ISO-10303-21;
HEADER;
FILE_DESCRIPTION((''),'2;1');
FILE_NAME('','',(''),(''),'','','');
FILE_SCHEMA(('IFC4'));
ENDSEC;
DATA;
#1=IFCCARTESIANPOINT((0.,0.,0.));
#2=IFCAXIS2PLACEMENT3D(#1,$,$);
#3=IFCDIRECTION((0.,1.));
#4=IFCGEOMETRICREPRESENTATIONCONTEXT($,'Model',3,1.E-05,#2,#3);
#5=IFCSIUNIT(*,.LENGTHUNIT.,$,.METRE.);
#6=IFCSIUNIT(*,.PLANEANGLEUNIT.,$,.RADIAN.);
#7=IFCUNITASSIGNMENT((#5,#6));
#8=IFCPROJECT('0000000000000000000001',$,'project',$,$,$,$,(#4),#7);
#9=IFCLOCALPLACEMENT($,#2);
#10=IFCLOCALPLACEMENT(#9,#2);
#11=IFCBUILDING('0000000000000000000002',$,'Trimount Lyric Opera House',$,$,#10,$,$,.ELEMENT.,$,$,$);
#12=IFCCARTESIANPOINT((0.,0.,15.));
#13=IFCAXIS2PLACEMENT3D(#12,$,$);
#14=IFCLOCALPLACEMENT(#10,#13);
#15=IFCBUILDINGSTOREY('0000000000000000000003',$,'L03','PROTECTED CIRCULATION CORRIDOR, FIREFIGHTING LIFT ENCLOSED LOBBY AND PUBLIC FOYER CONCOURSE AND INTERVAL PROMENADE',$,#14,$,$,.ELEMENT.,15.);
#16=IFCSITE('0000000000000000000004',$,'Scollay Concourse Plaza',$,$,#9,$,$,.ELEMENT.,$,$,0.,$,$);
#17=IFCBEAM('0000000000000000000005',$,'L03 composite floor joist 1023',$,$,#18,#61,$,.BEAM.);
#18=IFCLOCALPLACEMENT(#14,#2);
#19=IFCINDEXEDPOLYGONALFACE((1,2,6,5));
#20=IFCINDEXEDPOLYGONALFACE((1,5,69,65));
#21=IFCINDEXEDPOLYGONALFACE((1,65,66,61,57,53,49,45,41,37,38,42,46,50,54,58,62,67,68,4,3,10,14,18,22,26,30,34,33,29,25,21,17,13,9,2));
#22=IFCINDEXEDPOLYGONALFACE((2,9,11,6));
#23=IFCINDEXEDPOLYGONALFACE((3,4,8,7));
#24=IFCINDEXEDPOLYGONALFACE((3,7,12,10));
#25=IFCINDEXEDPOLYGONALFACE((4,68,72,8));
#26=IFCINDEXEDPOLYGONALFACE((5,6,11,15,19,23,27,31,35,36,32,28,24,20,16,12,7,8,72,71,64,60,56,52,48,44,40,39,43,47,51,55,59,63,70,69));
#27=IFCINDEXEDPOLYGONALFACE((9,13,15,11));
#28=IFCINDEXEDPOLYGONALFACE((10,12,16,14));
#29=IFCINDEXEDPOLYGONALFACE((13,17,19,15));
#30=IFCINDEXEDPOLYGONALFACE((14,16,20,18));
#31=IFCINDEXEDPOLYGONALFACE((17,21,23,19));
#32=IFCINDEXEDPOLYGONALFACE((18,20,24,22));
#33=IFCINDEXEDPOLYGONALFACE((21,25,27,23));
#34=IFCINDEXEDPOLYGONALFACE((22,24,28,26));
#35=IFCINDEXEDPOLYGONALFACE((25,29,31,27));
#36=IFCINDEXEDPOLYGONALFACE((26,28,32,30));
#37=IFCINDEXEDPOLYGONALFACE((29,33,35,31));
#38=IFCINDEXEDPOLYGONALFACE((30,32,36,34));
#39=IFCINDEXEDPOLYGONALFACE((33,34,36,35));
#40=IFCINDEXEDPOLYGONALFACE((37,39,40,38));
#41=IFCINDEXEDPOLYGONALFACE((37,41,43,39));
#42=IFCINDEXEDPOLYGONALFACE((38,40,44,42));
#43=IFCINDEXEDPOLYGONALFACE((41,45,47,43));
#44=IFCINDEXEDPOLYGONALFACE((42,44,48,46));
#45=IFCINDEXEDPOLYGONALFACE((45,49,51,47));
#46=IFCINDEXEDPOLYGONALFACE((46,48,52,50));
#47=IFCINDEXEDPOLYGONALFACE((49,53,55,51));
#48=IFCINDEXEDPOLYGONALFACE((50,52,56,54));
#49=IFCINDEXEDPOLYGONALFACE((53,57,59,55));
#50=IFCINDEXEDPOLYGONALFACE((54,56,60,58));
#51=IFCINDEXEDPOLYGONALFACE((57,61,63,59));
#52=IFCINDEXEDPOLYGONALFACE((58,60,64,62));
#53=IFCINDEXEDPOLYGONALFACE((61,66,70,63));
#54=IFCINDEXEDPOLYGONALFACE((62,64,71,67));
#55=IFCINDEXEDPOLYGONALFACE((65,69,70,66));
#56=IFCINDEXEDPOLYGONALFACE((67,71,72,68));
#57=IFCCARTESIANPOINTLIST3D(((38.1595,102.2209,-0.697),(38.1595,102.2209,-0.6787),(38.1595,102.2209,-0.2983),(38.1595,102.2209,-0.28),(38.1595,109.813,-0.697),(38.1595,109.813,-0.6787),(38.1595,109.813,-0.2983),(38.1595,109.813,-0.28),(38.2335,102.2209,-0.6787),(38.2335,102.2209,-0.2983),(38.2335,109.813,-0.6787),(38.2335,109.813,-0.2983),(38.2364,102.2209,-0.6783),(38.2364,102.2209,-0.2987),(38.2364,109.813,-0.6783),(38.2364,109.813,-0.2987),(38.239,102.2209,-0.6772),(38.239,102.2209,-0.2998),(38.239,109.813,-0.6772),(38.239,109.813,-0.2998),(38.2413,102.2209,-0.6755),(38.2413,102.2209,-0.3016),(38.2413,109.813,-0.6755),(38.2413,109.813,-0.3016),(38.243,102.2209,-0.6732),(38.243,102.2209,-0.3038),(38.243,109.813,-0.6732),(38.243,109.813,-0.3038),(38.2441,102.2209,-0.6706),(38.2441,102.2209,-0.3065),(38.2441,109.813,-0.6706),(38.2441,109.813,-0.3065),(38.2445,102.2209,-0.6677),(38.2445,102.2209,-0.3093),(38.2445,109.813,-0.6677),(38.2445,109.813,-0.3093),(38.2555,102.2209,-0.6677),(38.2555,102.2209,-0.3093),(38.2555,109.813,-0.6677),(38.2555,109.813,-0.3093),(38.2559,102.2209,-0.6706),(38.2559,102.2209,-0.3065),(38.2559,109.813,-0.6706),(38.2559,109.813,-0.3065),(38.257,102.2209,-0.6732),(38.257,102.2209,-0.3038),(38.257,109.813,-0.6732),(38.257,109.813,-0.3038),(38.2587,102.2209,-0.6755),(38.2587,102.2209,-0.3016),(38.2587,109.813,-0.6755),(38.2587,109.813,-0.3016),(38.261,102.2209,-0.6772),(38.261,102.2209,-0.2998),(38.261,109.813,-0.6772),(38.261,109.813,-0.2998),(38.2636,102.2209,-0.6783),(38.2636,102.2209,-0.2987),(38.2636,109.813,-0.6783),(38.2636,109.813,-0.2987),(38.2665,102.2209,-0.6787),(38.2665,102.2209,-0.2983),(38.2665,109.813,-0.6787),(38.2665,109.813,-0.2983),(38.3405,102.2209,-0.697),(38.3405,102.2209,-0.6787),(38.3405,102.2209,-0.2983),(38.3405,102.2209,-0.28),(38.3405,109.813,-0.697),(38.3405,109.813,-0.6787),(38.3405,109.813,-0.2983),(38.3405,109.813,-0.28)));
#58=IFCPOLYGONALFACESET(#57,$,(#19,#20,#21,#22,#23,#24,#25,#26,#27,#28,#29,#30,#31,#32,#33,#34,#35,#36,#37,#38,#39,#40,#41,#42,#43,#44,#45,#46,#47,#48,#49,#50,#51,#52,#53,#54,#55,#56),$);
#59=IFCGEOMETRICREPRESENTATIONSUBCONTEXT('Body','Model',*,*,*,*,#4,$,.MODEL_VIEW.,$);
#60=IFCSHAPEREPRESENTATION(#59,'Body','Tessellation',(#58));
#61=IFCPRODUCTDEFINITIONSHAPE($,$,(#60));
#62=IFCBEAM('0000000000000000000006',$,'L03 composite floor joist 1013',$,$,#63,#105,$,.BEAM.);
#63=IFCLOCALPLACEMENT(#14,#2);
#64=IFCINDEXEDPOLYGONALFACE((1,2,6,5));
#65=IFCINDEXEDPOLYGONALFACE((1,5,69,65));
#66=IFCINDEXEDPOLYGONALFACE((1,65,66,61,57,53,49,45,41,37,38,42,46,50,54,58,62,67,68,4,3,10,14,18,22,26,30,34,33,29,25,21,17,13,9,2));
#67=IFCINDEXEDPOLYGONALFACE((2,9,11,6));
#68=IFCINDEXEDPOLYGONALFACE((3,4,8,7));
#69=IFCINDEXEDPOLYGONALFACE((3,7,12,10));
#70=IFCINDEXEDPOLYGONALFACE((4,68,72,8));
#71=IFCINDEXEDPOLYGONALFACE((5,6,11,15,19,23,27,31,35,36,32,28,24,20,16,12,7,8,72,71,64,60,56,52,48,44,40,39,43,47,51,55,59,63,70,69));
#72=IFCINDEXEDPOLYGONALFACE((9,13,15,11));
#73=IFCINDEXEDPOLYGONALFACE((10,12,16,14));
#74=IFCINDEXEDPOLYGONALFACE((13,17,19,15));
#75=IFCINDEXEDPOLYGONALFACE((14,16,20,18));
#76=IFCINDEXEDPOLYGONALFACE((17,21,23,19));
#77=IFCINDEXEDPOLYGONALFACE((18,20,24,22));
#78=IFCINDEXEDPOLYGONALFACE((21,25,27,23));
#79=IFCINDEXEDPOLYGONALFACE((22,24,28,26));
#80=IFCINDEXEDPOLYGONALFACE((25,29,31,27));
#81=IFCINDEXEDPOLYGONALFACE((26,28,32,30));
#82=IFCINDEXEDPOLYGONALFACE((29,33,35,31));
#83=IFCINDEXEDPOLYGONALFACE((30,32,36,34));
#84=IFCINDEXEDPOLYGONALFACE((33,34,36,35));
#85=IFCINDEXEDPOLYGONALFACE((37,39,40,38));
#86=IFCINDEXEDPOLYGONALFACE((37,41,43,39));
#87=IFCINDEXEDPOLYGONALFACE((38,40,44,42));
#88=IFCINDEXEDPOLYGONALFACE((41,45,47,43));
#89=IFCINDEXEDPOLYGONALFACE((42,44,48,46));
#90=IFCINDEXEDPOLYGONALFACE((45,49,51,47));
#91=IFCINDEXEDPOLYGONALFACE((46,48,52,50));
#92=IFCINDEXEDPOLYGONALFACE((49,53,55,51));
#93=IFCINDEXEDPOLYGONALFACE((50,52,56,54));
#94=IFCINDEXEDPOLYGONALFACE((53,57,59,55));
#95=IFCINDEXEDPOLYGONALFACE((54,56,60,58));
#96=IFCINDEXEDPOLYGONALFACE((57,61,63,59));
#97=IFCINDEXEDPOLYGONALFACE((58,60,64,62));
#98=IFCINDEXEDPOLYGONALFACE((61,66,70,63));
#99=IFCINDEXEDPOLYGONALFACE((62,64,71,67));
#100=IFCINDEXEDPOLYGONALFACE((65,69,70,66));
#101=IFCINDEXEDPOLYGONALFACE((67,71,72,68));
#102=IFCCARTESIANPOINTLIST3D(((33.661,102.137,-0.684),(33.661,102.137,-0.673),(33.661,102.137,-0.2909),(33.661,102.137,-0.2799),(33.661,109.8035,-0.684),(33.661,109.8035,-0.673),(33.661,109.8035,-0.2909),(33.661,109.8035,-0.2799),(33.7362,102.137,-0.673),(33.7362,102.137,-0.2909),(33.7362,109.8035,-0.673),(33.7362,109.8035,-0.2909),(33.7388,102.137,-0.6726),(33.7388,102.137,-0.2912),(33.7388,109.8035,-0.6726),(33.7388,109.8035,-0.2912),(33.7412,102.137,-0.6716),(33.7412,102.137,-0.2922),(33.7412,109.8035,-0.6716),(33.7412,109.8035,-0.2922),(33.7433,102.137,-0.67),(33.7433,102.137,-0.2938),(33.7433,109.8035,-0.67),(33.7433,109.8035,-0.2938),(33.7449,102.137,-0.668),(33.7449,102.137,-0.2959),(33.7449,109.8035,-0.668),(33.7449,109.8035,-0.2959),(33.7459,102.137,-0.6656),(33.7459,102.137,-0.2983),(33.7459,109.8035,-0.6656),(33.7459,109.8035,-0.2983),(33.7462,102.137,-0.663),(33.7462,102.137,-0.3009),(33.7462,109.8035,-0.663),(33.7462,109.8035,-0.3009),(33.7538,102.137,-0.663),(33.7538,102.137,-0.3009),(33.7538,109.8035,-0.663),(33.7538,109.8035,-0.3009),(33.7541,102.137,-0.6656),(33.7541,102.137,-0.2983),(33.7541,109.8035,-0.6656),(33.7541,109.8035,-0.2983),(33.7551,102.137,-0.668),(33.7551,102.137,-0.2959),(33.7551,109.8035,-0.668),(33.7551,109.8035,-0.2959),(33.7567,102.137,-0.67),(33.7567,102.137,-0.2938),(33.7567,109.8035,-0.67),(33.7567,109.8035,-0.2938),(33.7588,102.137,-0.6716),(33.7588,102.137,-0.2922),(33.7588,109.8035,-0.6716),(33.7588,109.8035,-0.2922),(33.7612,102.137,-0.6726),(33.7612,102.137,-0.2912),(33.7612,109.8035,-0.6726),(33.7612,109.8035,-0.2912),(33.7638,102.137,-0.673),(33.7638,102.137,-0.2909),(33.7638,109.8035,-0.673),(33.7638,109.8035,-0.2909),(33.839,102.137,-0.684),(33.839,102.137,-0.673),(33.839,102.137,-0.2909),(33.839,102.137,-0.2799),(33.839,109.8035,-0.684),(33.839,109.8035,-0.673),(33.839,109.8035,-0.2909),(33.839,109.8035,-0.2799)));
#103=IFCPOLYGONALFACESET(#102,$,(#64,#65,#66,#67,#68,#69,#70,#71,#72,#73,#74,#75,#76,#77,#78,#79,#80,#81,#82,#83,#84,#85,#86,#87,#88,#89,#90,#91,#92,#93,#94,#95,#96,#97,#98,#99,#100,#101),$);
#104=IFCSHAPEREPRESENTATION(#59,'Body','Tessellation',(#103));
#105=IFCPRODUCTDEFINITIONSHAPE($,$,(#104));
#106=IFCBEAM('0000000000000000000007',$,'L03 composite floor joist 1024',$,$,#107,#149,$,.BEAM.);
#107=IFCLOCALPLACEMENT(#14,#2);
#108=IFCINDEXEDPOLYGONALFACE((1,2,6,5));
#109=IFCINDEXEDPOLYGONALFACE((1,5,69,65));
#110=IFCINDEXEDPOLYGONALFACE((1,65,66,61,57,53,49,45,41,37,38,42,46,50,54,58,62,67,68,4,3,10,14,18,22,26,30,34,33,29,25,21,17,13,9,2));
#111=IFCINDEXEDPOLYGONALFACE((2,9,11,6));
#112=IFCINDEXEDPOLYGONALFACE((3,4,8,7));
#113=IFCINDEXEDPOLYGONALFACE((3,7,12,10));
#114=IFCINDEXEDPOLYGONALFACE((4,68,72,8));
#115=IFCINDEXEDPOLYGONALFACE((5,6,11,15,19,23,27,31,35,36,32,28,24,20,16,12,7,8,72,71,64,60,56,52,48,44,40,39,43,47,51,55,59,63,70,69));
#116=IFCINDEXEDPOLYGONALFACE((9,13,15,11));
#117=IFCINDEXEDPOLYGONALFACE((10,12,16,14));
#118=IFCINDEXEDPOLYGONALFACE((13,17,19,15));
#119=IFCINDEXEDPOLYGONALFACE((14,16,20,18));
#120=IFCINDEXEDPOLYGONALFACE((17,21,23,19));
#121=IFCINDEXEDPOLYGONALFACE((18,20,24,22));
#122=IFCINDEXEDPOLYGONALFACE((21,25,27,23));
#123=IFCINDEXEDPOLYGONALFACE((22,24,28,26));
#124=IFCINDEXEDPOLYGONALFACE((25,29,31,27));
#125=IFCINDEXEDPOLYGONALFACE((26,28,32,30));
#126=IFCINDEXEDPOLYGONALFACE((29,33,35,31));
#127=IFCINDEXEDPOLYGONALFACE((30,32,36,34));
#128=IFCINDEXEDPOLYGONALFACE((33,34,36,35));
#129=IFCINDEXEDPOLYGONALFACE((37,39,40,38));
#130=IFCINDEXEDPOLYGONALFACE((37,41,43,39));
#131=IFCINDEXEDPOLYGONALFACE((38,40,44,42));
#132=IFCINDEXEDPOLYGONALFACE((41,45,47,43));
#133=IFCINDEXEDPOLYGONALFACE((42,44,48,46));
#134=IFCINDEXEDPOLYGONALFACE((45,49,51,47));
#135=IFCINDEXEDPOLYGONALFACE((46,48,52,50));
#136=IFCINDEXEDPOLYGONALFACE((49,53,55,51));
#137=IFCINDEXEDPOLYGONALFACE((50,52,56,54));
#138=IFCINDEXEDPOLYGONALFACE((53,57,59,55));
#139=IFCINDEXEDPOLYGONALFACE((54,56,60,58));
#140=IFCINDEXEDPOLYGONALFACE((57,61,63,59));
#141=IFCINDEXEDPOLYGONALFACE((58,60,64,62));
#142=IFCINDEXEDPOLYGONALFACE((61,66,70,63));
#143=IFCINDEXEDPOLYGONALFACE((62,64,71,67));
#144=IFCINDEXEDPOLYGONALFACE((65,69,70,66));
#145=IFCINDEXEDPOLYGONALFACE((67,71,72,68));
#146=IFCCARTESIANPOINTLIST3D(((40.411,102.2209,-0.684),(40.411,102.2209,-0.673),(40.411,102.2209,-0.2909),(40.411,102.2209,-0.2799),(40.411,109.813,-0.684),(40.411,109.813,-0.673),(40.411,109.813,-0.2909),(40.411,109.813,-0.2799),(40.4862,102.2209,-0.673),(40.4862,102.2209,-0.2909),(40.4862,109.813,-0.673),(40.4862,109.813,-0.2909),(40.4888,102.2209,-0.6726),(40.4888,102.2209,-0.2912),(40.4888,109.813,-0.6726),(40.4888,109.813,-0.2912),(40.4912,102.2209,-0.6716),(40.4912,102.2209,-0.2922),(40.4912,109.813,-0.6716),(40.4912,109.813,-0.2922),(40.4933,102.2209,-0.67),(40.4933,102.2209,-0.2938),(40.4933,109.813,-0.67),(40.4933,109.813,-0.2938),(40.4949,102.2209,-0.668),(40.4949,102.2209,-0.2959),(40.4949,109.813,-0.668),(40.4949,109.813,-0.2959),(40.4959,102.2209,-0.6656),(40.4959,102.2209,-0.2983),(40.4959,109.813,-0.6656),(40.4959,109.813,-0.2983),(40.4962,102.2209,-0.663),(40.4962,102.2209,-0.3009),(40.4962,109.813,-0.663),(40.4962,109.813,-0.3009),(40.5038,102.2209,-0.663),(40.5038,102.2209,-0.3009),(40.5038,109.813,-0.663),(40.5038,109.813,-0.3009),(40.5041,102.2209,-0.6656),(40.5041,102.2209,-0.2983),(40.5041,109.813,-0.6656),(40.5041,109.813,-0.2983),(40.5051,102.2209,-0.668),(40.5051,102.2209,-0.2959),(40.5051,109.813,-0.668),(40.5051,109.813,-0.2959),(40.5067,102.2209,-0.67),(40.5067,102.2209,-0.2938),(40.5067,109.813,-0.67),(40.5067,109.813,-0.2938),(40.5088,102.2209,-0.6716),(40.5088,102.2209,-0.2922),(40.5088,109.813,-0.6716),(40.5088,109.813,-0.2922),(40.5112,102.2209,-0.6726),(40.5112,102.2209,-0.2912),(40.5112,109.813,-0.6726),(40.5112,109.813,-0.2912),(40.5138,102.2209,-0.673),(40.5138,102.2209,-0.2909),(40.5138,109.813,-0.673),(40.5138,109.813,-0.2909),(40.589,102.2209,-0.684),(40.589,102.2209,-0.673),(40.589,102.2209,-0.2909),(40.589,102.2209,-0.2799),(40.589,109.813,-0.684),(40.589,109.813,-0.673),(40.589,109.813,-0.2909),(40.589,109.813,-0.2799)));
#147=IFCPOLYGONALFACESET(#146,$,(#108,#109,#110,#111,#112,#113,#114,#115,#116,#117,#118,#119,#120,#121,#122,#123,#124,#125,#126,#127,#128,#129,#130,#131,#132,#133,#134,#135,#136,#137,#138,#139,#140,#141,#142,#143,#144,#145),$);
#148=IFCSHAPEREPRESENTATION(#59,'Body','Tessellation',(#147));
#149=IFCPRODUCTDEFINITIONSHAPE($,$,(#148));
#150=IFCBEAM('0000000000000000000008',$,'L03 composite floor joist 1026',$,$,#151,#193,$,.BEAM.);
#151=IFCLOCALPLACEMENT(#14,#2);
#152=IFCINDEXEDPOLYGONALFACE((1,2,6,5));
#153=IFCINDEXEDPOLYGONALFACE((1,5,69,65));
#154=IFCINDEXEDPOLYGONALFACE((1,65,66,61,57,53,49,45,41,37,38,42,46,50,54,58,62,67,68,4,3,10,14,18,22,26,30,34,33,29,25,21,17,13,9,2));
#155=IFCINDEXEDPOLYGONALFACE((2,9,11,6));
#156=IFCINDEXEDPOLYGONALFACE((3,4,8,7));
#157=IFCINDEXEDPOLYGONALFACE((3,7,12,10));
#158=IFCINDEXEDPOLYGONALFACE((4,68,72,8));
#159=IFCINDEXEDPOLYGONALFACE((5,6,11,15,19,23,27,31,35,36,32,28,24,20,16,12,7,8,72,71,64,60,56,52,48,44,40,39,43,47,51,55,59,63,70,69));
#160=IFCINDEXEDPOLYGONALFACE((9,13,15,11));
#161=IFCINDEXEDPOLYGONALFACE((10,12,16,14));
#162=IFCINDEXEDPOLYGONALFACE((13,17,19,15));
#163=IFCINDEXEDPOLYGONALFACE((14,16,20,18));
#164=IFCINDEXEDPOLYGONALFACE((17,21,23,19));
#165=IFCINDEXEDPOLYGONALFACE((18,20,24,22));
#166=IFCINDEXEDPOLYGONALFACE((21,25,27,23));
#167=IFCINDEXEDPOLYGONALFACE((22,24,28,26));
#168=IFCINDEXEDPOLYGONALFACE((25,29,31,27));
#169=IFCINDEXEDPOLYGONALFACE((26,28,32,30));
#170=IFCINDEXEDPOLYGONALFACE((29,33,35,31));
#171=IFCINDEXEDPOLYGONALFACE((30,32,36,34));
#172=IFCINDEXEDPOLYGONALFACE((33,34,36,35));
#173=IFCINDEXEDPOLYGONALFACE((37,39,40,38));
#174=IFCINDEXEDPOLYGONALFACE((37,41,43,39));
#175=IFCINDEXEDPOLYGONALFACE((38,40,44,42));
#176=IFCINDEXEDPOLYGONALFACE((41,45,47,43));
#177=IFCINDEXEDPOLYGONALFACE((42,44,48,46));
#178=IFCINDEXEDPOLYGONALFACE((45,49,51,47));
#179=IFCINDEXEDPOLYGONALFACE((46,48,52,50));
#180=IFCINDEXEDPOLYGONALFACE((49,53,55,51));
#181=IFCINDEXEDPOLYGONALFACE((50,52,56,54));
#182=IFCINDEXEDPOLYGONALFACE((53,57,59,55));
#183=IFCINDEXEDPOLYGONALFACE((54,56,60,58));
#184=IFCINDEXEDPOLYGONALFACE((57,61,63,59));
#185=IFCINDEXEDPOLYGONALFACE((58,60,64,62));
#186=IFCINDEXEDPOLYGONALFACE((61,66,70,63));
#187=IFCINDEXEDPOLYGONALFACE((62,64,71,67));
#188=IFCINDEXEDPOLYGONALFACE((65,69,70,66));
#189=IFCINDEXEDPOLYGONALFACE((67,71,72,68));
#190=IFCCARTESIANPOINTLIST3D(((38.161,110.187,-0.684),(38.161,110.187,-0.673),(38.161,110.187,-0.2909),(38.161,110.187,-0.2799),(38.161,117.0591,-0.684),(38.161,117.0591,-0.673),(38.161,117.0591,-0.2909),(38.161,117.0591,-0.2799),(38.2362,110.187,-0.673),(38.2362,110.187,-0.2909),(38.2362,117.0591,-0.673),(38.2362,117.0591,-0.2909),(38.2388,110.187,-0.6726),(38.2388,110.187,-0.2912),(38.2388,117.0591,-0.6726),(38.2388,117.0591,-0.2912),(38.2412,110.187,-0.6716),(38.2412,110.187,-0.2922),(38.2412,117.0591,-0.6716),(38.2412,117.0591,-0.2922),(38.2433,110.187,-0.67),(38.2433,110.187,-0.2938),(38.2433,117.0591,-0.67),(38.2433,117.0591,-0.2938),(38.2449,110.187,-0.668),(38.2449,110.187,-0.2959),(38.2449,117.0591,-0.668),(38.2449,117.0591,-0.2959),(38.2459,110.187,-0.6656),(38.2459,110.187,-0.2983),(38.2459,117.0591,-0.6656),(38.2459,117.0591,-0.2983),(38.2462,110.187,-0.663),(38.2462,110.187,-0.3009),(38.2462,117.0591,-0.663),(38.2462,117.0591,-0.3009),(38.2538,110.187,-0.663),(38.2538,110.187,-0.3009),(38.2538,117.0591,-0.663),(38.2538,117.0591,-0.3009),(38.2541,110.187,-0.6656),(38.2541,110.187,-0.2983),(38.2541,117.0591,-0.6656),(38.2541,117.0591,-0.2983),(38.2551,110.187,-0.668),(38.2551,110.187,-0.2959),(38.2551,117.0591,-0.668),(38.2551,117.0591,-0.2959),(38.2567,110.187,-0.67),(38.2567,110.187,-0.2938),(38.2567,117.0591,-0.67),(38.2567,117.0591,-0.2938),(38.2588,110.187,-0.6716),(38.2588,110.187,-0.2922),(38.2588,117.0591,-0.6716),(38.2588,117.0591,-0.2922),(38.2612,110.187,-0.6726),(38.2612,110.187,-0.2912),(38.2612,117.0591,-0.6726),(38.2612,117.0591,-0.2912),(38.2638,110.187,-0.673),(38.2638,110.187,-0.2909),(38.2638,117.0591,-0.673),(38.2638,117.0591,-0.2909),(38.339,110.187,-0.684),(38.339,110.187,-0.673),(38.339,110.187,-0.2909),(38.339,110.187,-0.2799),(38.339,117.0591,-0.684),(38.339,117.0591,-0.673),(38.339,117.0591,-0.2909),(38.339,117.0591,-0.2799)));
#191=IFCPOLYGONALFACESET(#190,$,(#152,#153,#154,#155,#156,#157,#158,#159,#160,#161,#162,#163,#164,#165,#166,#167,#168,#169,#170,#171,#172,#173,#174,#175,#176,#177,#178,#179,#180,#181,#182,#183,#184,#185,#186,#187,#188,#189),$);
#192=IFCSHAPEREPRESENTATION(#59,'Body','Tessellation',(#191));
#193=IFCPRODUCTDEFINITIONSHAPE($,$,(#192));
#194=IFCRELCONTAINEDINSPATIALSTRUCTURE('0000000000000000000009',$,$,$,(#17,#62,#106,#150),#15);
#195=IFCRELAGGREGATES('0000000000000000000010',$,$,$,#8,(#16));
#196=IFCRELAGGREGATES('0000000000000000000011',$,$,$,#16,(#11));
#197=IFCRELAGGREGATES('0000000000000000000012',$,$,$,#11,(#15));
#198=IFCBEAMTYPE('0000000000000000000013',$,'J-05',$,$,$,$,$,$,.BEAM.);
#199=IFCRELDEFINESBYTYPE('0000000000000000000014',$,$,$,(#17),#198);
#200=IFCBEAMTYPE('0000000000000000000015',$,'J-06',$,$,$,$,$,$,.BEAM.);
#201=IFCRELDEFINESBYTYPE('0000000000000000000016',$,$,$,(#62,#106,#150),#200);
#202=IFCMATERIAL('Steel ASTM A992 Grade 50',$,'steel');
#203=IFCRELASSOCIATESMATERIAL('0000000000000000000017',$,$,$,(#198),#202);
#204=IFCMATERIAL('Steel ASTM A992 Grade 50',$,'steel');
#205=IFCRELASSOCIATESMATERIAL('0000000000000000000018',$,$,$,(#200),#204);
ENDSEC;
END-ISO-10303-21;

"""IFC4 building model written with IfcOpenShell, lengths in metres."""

from ifc_helpers import new_model, si_unit, direction, frame, origin, origin_2d, place, context, subcontext, project, spatial, i_section, extrude, material, material_profile, profile_set, type_object, element, save


model = new_model("IFC4")

# Units and contexts
model_context = context("Model", 3, precision=1e-05, world=origin(), true_north=direction((0.0, 1.0)))
body_context = subcontext(model_context, "Body", "Model", "MODEL_VIEW")
ifc_project = project(units=[si_unit("LENGTHUNIT", "METRE"), si_unit("PLANEANGLEUNIT", "RADIAN")], contexts=[model_context])

# Site, building, storey
site_placement = place(None, origin())
site = spatial("IfcSite", under=ifc_project, at=site_placement, Name="Scollay Concourse Plaza", CompositionType="ELEMENT", RefElevation=0.0)
building_placement = place(site_placement, origin())
building = spatial("IfcBuilding", under=site, at=building_placement, Name="Trimount Lyric Opera House", CompositionType="ELEMENT")
storey_placement = place(building_placement, frame((0.0, 0.0, 15.0)))
storey = spatial("IfcBuildingStorey", under=building, at=storey_placement, Name="L03", Description="PROTECTED CIRCULATION CORRIDOR, FIREFIGHTING LIFT ENCLOSED LOBBY AND PUBLIC FOYER CONCOURSE AND INTERVAL PROMENADE", CompositionType="ELEMENT", Elevation=15.0)

# Beams
ifc_material_1 = material(Name="Steel ASTM A992 Grade 50", Category="steel")
ifc_material_profile_1 = material_profile(ifc_material_1, i_section(OverallWidth=0.1809, OverallDepth=0.417, WebThickness=0.011, FlangeThickness=0.0183, FilletRadius=0.011, at=origin_2d()), Name="W16X57")
ifc_profile_set_1 = profile_set([ifc_material_profile_1], Name="Steel ASTM A992 Grade 50")
beam_type_1 = type_object("IfcBeamType", Name="J-05", PredefinedType="BEAM", material=ifc_profile_set_1)
beam_1_placement = place(storey_placement, frame((38.25, 102.2209, -0.4885), z_axis=(0.0, 1.0, 0.0), x_axis=(-1.0, 0.0, 0.0)))
element("IfcBeam", 1, at=beam_1_placement, inside=storey, type_object=beam_type_1, Name="L03 composite floor joist 1023", PredefinedType="BEAM", context=body_context, shape_type="SweptSolid", body=[
    extrude(i_section(OverallWidth=0.1809, OverallDepth=0.417, WebThickness=0.011, FlangeThickness=0.0183, FilletRadius=0.011, at=origin_2d()), origin(), (0.0, 0.0, 1.0), 7.592),
])
ifc_material_2 = material(Name="Steel ASTM A992 Grade 50", Category="steel")
ifc_material_profile_2 = material_profile(ifc_material_2, i_section(OverallWidth=0.178, OverallDepth=0.4041, WebThickness=0.0076, FlangeThickness=0.011, FilletRadius=0.01, at=origin_2d()), Name="W16X36")
ifc_profile_set_2 = profile_set([ifc_material_profile_2], Name="Steel ASTM A992 Grade 50")
beam_type_2 = type_object("IfcBeamType", Name="J-06", PredefinedType="BEAM", material=ifc_profile_set_2)
beam_2_placement = place(storey_placement, frame((33.75, 102.137, -0.4819), z_axis=(0.0, 1.0, 0.0), x_axis=(-1.0, 0.0, 0.0)))
element("IfcBeam", 2, at=beam_2_placement, inside=storey, type_object=beam_type_2, Name="L03 composite floor joist 1013", PredefinedType="BEAM", context=body_context, shape_type="SweptSolid", body=[
    extrude(i_section(OverallWidth=0.178, OverallDepth=0.4041, WebThickness=0.0076, FlangeThickness=0.011, FilletRadius=0.01, at=origin_2d()), origin(), (0.0, 0.0, 1.0), 7.6665),
])
beam_3_placement = place(storey_placement, frame((40.5, 102.2209, -0.4819), z_axis=(0.0, 1.0, 0.0), x_axis=(-1.0, 0.0, 0.0)))
element("IfcBeam", 3, at=beam_3_placement, inside=storey, type_object=beam_type_2, Name="L03 composite floor joist 1024", PredefinedType="BEAM", context=body_context, shape_type="SweptSolid", body=[
    extrude(i_section(OverallWidth=0.178, OverallDepth=0.4041, WebThickness=0.0076, FlangeThickness=0.011, FilletRadius=0.01, at=origin_2d()), origin(), (0.0, 0.0, 1.0), 7.592),
])
beam_4_placement = place(storey_placement, frame((38.25, 110.187, -0.4819), z_axis=(0.0, 1.0, 0.0), x_axis=(-1.0, 0.0, 0.0)))
element("IfcBeam", 4, at=beam_4_placement, inside=storey, type_object=beam_type_2, Name="L03 composite floor joist 1026", PredefinedType="BEAM", context=body_context, shape_type="SweptSolid", body=[
    extrude(i_section(OverallWidth=0.178, OverallDepth=0.4041, WebThickness=0.0076, FlangeThickness=0.011, FilletRadius=0.01, at=origin_2d()), origin(), (0.0, 0.0, 1.0), 6.8721),
])

save(model, "model.ifc")
